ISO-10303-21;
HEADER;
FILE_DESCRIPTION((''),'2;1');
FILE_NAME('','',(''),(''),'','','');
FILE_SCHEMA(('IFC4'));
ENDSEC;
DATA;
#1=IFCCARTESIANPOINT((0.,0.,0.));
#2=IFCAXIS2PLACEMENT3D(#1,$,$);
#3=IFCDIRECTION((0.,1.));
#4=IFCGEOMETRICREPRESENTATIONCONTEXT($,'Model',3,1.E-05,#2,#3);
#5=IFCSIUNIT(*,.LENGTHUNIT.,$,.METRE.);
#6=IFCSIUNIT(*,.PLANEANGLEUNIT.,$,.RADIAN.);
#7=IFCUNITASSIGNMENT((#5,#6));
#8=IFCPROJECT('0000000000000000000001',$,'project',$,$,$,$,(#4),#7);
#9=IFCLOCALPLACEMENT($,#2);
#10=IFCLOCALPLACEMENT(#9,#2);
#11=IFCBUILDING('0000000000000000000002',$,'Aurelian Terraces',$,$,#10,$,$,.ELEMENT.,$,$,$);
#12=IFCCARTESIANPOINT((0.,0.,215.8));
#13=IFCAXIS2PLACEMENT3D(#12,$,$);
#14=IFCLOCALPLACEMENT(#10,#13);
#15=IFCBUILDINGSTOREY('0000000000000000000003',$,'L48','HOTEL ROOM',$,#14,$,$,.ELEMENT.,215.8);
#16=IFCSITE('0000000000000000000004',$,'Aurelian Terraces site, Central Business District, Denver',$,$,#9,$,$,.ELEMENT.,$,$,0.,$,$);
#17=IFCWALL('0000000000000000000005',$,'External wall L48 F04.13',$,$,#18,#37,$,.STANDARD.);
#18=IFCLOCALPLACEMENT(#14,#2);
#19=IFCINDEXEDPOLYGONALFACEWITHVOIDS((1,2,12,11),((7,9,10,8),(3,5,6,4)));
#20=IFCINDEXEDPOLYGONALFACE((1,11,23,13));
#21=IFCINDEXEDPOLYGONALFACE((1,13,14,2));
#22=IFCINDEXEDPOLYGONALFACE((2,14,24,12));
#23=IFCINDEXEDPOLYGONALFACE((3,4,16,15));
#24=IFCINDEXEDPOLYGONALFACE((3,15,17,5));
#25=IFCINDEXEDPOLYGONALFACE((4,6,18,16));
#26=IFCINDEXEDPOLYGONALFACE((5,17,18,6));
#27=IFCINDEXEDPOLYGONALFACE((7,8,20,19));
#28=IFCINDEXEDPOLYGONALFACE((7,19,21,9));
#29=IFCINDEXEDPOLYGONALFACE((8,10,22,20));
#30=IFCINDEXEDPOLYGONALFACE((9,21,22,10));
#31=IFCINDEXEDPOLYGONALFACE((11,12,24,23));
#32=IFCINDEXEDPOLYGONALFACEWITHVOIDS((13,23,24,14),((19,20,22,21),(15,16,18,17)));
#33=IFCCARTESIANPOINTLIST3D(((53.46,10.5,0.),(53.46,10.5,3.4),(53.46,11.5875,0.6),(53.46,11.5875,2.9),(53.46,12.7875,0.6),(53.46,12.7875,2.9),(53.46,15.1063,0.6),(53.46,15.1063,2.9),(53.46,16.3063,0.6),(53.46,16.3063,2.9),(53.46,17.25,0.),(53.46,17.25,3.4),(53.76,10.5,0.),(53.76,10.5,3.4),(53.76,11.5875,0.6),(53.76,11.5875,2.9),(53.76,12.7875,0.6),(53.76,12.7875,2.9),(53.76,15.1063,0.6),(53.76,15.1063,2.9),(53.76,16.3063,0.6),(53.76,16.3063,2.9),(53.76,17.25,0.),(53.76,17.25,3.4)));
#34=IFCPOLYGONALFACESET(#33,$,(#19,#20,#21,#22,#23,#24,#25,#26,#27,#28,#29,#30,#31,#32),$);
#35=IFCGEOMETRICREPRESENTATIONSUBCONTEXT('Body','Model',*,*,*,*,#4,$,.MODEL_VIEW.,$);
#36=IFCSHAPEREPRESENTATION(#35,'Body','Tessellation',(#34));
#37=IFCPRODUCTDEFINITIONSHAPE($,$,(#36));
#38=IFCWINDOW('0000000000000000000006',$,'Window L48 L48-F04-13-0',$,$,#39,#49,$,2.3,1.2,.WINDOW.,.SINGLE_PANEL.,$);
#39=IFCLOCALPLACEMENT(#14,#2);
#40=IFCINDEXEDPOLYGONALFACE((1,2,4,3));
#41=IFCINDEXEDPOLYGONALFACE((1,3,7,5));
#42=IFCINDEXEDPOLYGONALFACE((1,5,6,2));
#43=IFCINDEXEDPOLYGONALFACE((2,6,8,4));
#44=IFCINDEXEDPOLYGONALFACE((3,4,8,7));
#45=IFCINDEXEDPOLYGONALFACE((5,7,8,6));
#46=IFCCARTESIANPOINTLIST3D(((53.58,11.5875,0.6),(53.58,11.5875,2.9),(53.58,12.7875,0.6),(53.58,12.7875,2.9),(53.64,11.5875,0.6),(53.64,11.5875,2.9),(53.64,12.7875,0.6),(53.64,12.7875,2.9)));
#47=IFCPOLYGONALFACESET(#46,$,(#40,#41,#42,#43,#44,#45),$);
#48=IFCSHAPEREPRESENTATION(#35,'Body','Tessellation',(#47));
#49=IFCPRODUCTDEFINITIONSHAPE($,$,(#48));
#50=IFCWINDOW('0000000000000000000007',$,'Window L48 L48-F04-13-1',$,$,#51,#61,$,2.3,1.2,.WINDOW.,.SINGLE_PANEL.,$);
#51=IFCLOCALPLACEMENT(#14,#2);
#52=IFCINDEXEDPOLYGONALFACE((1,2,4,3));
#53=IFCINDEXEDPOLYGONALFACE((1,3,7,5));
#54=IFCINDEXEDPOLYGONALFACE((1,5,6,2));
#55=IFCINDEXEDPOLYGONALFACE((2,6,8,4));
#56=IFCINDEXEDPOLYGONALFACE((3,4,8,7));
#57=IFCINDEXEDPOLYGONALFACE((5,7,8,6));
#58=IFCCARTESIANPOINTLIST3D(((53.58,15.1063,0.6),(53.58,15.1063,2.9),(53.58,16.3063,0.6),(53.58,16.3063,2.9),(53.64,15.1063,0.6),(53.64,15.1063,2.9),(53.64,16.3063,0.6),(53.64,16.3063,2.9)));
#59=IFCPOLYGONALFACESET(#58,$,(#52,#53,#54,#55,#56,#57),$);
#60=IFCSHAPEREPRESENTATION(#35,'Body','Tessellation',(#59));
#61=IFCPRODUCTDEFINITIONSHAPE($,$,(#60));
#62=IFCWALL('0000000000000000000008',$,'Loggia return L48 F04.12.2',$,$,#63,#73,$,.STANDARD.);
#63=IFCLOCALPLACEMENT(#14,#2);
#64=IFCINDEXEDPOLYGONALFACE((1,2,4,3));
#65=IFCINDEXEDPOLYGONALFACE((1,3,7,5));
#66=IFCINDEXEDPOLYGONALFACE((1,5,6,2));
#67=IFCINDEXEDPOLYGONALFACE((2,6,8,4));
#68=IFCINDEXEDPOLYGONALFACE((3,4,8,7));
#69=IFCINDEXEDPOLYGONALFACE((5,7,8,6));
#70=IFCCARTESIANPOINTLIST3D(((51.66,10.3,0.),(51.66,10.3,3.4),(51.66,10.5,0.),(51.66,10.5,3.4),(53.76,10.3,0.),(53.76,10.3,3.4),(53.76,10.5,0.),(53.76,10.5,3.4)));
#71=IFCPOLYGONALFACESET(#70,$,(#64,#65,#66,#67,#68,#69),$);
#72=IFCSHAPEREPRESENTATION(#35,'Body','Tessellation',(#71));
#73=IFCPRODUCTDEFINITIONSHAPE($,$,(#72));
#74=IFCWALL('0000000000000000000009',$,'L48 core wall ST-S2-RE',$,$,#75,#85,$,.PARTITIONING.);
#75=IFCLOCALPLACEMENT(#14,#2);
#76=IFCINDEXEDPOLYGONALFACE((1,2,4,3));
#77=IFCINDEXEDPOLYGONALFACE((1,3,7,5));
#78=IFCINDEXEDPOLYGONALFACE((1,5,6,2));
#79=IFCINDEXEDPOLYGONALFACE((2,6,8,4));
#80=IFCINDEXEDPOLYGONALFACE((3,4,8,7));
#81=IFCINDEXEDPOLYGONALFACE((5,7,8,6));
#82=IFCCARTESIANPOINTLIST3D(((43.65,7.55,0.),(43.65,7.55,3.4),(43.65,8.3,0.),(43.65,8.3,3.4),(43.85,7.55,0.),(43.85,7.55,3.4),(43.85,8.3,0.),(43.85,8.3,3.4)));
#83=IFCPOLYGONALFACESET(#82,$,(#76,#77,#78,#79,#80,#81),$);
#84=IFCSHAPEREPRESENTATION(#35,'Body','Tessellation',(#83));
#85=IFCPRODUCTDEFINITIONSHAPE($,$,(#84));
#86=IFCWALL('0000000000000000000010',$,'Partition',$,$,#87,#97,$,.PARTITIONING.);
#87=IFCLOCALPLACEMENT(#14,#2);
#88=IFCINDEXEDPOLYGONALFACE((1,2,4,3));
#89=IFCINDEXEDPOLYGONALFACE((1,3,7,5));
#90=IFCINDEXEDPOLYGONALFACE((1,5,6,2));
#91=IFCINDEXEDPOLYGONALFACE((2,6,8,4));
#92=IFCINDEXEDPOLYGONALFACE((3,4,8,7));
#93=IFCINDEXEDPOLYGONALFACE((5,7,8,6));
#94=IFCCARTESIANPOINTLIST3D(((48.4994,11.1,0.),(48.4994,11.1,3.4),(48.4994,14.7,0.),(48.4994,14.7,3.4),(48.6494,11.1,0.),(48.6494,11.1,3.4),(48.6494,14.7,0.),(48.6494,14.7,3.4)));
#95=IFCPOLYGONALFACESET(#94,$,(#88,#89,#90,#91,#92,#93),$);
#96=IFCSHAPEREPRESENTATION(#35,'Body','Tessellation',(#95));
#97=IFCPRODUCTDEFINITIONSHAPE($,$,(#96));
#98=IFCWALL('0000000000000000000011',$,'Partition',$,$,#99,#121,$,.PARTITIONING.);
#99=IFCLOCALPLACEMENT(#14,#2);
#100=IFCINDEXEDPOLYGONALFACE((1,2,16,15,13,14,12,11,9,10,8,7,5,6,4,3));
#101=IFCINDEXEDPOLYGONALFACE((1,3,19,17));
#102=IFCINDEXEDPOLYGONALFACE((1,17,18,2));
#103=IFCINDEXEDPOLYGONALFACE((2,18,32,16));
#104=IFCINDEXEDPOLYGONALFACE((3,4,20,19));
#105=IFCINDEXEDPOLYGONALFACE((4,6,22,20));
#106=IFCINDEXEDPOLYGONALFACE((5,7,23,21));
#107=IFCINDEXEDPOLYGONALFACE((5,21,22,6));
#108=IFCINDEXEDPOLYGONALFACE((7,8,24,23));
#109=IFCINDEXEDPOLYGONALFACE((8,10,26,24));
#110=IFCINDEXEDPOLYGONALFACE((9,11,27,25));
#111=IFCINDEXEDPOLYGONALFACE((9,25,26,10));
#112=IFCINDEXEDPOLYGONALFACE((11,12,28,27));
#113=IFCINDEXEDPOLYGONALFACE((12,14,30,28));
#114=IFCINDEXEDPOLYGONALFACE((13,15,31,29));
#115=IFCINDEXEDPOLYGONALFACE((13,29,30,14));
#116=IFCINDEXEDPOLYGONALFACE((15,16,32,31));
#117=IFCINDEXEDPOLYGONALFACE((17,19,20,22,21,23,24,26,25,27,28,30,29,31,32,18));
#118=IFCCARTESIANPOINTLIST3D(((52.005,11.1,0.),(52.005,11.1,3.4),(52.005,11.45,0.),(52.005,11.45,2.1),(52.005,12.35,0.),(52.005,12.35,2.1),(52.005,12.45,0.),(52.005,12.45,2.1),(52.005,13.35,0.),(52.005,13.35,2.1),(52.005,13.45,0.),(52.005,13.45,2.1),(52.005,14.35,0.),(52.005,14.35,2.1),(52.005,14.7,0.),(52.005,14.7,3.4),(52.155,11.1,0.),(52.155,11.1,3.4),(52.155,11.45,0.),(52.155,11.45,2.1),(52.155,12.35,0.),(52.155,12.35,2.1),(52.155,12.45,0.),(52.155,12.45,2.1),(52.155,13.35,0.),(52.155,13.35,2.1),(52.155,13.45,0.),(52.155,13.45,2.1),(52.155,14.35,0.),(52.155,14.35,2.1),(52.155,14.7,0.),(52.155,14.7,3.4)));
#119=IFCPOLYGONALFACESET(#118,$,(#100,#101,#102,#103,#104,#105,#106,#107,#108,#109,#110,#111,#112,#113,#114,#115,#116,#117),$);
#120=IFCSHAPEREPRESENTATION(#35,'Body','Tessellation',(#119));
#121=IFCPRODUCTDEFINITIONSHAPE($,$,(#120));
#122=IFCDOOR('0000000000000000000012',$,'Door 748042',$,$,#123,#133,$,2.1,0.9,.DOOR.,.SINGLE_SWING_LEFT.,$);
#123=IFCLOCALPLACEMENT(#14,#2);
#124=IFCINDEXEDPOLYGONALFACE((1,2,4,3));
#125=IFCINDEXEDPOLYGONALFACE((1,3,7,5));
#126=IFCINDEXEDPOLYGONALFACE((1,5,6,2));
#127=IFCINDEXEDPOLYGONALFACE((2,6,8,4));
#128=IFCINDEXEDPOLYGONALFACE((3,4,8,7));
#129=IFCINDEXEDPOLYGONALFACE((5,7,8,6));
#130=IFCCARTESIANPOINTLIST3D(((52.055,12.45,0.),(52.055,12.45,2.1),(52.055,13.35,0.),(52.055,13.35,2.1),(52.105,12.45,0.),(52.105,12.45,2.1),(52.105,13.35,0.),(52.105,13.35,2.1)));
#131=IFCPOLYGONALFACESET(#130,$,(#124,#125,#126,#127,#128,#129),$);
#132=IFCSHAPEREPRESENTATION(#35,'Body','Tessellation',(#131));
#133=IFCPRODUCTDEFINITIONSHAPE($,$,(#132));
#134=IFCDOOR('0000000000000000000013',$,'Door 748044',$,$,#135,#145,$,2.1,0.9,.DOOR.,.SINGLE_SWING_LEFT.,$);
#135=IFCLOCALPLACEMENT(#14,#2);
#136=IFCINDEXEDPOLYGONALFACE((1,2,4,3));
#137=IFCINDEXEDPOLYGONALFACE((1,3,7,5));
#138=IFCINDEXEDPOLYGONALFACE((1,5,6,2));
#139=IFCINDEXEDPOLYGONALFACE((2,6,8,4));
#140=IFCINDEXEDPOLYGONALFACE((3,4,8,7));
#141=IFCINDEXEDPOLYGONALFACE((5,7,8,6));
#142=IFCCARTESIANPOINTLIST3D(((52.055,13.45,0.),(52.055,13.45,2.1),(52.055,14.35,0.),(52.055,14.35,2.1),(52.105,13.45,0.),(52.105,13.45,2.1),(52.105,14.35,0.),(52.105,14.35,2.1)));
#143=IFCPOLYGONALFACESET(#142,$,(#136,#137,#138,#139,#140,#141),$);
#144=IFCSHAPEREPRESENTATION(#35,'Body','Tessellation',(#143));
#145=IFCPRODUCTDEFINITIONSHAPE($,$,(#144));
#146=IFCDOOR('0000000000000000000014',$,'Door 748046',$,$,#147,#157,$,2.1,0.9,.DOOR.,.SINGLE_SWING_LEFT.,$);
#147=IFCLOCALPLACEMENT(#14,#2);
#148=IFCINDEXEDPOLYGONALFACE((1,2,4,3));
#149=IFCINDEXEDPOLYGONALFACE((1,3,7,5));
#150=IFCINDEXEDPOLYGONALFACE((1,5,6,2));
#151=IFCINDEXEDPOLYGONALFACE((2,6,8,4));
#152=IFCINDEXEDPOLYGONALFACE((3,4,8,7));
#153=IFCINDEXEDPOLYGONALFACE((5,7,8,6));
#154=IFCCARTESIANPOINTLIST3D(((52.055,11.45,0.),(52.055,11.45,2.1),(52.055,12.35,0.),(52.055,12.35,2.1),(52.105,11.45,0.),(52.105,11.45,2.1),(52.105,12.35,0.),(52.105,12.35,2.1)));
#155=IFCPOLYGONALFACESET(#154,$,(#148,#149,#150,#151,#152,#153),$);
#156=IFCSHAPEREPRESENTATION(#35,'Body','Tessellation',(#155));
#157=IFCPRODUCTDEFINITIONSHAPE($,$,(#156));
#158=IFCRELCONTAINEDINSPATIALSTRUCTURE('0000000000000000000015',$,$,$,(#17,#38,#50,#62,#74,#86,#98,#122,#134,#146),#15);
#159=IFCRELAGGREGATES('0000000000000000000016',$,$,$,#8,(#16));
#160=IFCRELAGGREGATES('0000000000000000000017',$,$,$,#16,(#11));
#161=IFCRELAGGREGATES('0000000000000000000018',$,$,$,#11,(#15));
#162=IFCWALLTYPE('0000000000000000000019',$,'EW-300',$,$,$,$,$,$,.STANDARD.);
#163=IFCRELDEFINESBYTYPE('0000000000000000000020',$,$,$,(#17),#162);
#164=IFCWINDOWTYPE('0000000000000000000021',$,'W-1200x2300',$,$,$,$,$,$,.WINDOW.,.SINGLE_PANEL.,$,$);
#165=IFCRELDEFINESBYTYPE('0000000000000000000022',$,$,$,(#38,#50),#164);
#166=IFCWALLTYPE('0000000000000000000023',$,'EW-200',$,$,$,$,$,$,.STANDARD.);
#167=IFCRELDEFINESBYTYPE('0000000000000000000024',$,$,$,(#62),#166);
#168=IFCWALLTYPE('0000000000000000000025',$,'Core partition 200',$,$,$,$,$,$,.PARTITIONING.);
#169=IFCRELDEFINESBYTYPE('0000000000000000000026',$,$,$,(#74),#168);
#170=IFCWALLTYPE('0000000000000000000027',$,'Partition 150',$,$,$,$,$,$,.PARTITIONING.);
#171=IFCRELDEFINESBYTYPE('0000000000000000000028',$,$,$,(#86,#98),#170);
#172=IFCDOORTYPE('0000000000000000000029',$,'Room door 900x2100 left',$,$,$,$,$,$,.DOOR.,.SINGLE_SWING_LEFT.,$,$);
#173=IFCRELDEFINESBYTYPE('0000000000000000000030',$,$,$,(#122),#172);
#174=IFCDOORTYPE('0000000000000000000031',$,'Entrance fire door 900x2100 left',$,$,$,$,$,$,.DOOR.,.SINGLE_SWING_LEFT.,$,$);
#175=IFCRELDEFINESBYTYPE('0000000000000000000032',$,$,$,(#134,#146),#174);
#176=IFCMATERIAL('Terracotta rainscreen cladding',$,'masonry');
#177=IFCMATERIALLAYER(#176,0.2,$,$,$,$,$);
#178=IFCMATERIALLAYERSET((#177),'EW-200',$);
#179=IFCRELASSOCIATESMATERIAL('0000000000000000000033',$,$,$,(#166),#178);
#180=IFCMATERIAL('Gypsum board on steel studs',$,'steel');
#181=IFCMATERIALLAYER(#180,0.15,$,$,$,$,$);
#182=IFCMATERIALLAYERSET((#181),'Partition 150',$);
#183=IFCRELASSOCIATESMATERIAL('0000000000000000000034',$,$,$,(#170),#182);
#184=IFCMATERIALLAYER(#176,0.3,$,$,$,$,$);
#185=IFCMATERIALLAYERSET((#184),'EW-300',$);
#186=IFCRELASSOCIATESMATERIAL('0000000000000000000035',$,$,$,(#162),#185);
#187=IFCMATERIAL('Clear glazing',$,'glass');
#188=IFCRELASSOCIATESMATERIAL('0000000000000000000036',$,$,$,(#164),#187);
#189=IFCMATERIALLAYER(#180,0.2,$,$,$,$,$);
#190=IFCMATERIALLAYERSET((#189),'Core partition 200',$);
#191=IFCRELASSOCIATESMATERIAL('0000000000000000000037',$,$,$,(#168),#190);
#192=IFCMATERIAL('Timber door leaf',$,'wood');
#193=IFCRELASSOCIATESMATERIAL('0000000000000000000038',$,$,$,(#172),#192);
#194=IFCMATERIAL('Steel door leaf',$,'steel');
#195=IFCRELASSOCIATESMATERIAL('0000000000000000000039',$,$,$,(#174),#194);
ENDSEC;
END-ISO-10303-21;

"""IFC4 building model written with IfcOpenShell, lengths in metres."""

from ifc_helpers import new_model, si_unit, direction, frame, frame_2d, origin, place, context, subcontext, project, spatial, rectangle, extrude, source, transform, mapped, material, layer, layer_set, type_object, element, fill, save


model = new_model("IFC4")

# Units and contexts
model_context = context("Model", 3, precision=1e-05, world=origin(), true_north=direction((0.0, 1.0)))
body_context = subcontext(model_context, "Body", "Model", "MODEL_VIEW")
ifc_project = project(units=[si_unit("LENGTHUNIT", "METRE"), si_unit("PLANEANGLEUNIT", "RADIAN")], contexts=[model_context])

# Site, building, storey
site_placement = place(None, origin())
site = spatial("IfcSite", under=ifc_project, at=site_placement, Name="Aurelian Terraces site, Central Business District, Denver", CompositionType="ELEMENT", RefElevation=0.0)
building_placement = place(site_placement, origin())
building = spatial("IfcBuilding", under=site, at=building_placement, Name="Aurelian Terraces", CompositionType="ELEMENT")
storey_placement = place(building_placement, frame((0.0, 0.0, 215.8)))
storey = spatial("IfcBuildingStorey", under=building, at=storey_placement, Name="L48", Description="HOTEL ROOM", CompositionType="ELEMENT", Elevation=215.8)

# Shared definitions
ifc_material_1 = material(Name="Terracotta rainscreen cladding", Category="masonry")
ifc_layer_1 = layer(ifc_material_1, 0.2)
ifc_layer_set_1 = layer_set([ifc_layer_1], Name="EW-200")
wall_type_1 = type_object("IfcWallType", Name="EW-200", PredefinedType="STANDARD", material=ifc_layer_set_1)
ifc_material_2 = material(Name="Gypsum board on steel studs", Category="steel")
ifc_layer_2 = layer(ifc_material_2, 0.15)
ifc_layer_set_2 = layer_set([ifc_layer_2], Name="Partition 150")
wall_type_2 = type_object("IfcWallType", Name="Partition 150", PredefinedType="PARTITIONING", material=ifc_layer_set_2)

# Shared definitions
ifc_layer_3 = layer(ifc_material_1, 0.3)
ifc_layer_set_3 = layer_set([ifc_layer_3], Name="EW-300")
wall_type_3 = type_object("IfcWallType", Name="EW-300", PredefinedType="STANDARD", material=ifc_layer_set_3)
ifc_material_3 = material(Name="Clear glazing", Category="glass")

# Wall, openings, windows
shared_shape_1 = source(origin(), body_context, "Body", "SweptSolid", [
    extrude(rectangle(XDim=6.75, YDim=0.3, at=frame_2d((3.375, 0.0))), origin(), (0.0, 0.0, 1.0), 3.4),
])
wall_1_placement = place(storey_placement, frame((53.61, 10.5, 0.0), z_axis=(0.0, 0.0, 1.0), x_axis=(0.0, 1.0, 0.0)))
wall_1 = element("IfcWall", 1, at=wall_1_placement, inside=storey, type_object=wall_type_3, Name="External wall L48 F04.13", PredefinedType="STANDARD", context=body_context, shape_type="MappedRepresentation", body=[
    mapped(shared_shape_1, transform((0.0, 0.0, 0.0), scale=1.0)),
])
shared_shape_2 = source(origin(), body_context, "Body", "SweptSolid", [
    extrude(rectangle(XDim=1.2, YDim=2.3, at=frame_2d((0.6, 1.15))), frame((0.0, 0.16, 0.0), z_axis=(0.0, -1.0, 0.0), x_axis=(1.0, 0.0, 0.0)), (0.0, 0.0, 1.0), 0.32),
])
opening_1_placement = place(wall_1_placement, frame((1.0875, 0.0, 0.6)))
opening_1 = element("IfcOpeningElement", 2, at=opening_1_placement, cuts=wall_1, PredefinedType="OPENING", context=body_context, shape_type="MappedRepresentation", body=[
    mapped(shared_shape_2, transform((0.0, 0.0, 0.0), scale=1.0)),
])
opening_2_placement = place(wall_1_placement, frame((4.6063, 0.0, 0.6)))
opening_2 = element("IfcOpeningElement", 3, at=opening_2_placement, cuts=wall_1, PredefinedType="OPENING", context=body_context, shape_type="MappedRepresentation", body=[
    mapped(shared_shape_2, transform((0.0, 0.0, 0.0), scale=1.0)),
])
window_type_1 = type_object("IfcWindowType", Name="W-1200x2300", PartitioningType="SINGLE_PANEL", PredefinedType="WINDOW", material=ifc_material_3)
shared_shape_3 = source(origin(), body_context, "Body", "SweptSolid", [
    extrude(rectangle(XDim=1.2, YDim=2.3, at=frame_2d((0.6, 1.15))), frame((0.0, 0.03, 0.0), z_axis=(0.0, -1.0, 0.0), x_axis=(1.0, 0.0, 0.0)), (0.0, 0.0, 1.0), 0.06),
])
window_1_placement = place(opening_1_placement, origin())
window_1 = element("IfcWindow", 4, at=window_1_placement, inside=storey, type_object=window_type_1, Name="Window L48 L48-F04-13-0", OverallHeight=2.3, OverallWidth=1.2, PartitioningType="SINGLE_PANEL", PredefinedType="WINDOW", context=body_context, shape_type="MappedRepresentation", body=[
    mapped(shared_shape_3, transform((0.0, 0.0, 0.0), scale=1.0)),
])
fill(opening_1, window_1)
window_2_placement = place(opening_2_placement, origin())
window_2 = element("IfcWindow", 5, at=window_2_placement, inside=storey, type_object=window_type_1, Name="Window L48 L48-F04-13-1", OverallHeight=2.3, OverallWidth=1.2, PartitioningType="SINGLE_PANEL", PredefinedType="WINDOW", context=body_context, shape_type="MappedRepresentation", body=[
    mapped(shared_shape_3, transform((0.0, 0.0, 0.0), scale=1.0)),
])
fill(opening_2, window_2)

# Walls
shared_shape_4 = source(origin(), body_context, "Body", "SweptSolid", [
    extrude(rectangle(XDim=2.1, YDim=0.2, at=frame_2d((1.05, 0.0))), origin(), (0.0, 0.0, 1.0), 3.4),
])
wall_2_placement = place(storey_placement, frame((53.76, 10.4, 0.0), z_axis=(0.0, 0.0, 1.0), x_axis=(-1.0, 0.0, 0.0)))
element("IfcWall", 6, at=wall_2_placement, inside=storey, type_object=wall_type_1, Name="Loggia return L48 F04.12.2", PredefinedType="STANDARD", context=body_context, shape_type="MappedRepresentation", body=[
    mapped(shared_shape_4, transform((0.0, 0.0, 0.0), scale=1.0)),
])
ifc_layer_4 = layer(ifc_material_2, 0.2)
ifc_layer_set_4 = layer_set([ifc_layer_4], Name="Core partition 200")
wall_type_4 = type_object("IfcWallType", Name="Core partition 200", PredefinedType="PARTITIONING", material=ifc_layer_set_4)
shared_shape_5 = source(origin(), body_context, "Body", "SweptSolid", [
    extrude(rectangle(XDim=0.75, YDim=0.2, at=frame_2d((0.375, 0.0))), origin(), (0.0, 0.0, 1.0), 3.4),
])
wall_3_placement = place(storey_placement, frame((43.75, 7.55, 0.0), z_axis=(0.0, 0.0, 1.0), x_axis=(0.0, 1.0, 0.0)))
element("IfcWall", 7, at=wall_3_placement, inside=storey, type_object=wall_type_4, Name="L48 core wall ST-S2-RE", PredefinedType="PARTITIONING", context=body_context, shape_type="MappedRepresentation", body=[
    mapped(shared_shape_5, transform((0.0, 0.0, 0.0), scale=1.0)),
])
shared_shape_6 = source(origin(), body_context, "Body", "SweptSolid", [
    extrude(rectangle(XDim=3.6, YDim=0.15, at=frame_2d((1.8, 0.0))), origin(), (0.0, 0.0, 1.0), 3.4),
])
wall_4_placement = place(storey_placement, frame((48.5744, 11.1, 0.0), z_axis=(0.0, 0.0, 1.0), x_axis=(0.0, 1.0, 0.0)))
element("IfcWall", 8, at=wall_4_placement, inside=storey, type_object=wall_type_2, Name="Partition", PredefinedType="PARTITIONING", context=body_context, shape_type="MappedRepresentation", body=[
    mapped(shared_shape_6, transform((0.0, 0.0, 0.0), scale=1.0)),
])

# Wall, openings, doors
wall_5_placement = place(storey_placement, frame((52.08, 11.1, 0.0), z_axis=(0.0, 0.0, 1.0), x_axis=(0.0, 1.0, 0.0)))
wall_5 = element("IfcWall", 9, at=wall_5_placement, inside=storey, type_object=wall_type_2, Name="Partition", PredefinedType="PARTITIONING", context=body_context, shape_type="MappedRepresentation", body=[
    mapped(shared_shape_6, transform((0.0, 0.0, 0.0), scale=1.0)),
])
shared_shape_7 = source(origin(), body_context, "Body", "SweptSolid", [
    extrude(rectangle(XDim=0.9, YDim=2.1, at=frame_2d((0.45, 1.05))), frame((0.0, 0.085, 0.0), z_axis=(0.0, -1.0, 0.0), x_axis=(1.0, 0.0, 0.0)), (0.0, 0.0, 1.0), 0.17),
])
opening_3_placement = place(wall_5_placement, frame((1.35, 0.0, 0.0)))
opening_3 = element("IfcOpeningElement", 10, at=opening_3_placement, cuts=wall_5, PredefinedType="OPENING", context=body_context, shape_type="MappedRepresentation", body=[
    mapped(shared_shape_7, transform((0.0, 0.0, 0.0), scale=1.0)),
])
opening_4_placement = place(wall_5_placement, frame((2.35, 0.0, 0.0)))
opening_4 = element("IfcOpeningElement", 11, at=opening_4_placement, cuts=wall_5, PredefinedType="OPENING", context=body_context, shape_type="MappedRepresentation", body=[
    mapped(shared_shape_7, transform((0.0, 0.0, 0.0), scale=1.0)),
])
opening_5_placement = place(wall_5_placement, frame((0.35, 0.0, 0.0)))
opening_5 = element("IfcOpeningElement", 12, at=opening_5_placement, cuts=wall_5, PredefinedType="OPENING", context=body_context, shape_type="MappedRepresentation", body=[
    mapped(shared_shape_7, transform((0.0, 0.0, 0.0), scale=1.0)),
])
ifc_material_4 = material(Name="Timber door leaf", Category="wood")
door_type_1 = type_object("IfcDoorType", Name="Room door 900x2100 left", OperationType="SINGLE_SWING_LEFT", PredefinedType="DOOR", material=ifc_material_4)
shared_shape_8 = source(origin(), body_context, "Body", "SweptSolid", [
    extrude(rectangle(XDim=0.9, YDim=2.1, at=frame_2d((0.45, 1.05))), frame((0.0, 0.025, 0.0), z_axis=(0.0, -1.0, 0.0), x_axis=(1.0, 0.0, 0.0)), (0.0, 0.0, 1.0), 0.05),
])
door_1_placement = place(opening_3_placement, origin())
door_1 = element("IfcDoor", 13, at=door_1_placement, inside=storey, type_object=door_type_1, Name="Door 748042", OperationType="SINGLE_SWING_LEFT", OverallHeight=2.1, OverallWidth=0.9, PredefinedType="DOOR", context=body_context, shape_type="MappedRepresentation", body=[
    mapped(shared_shape_8, transform((0.0, 0.0, 0.0), scale=1.0)),
])
fill(opening_3, door_1)
ifc_material_5 = material(Name="Steel door leaf", Category="steel")
door_type_2 = type_object("IfcDoorType", Name="Entrance fire door 900x2100 left", OperationType="SINGLE_SWING_LEFT", PredefinedType="DOOR", material=ifc_material_5)
door_2_placement = place(opening_4_placement, origin())
door_2 = element("IfcDoor", 14, at=door_2_placement, inside=storey, type_object=door_type_2, Name="Door 748044", OperationType="SINGLE_SWING_LEFT", OverallHeight=2.1, OverallWidth=0.9, PredefinedType="DOOR", context=body_context, shape_type="MappedRepresentation", body=[
    mapped(shared_shape_8, transform((0.0, 0.0, 0.0), scale=1.0)),
])
fill(opening_4, door_2)
door_3_placement = place(opening_5_placement, origin())
door_3 = element("IfcDoor", 15, at=door_3_placement, inside=storey, type_object=door_type_2, Name="Door 748046", OperationType="SINGLE_SWING_LEFT", OverallHeight=2.1, OverallWidth=0.9, PredefinedType="DOOR", context=body_context, shape_type="MappedRepresentation", body=[
    mapped(shared_shape_8, transform((0.0, 0.0, 0.0), scale=1.0)),
])
fill(opening_5, door_3)

save(model, "model.ifc")
